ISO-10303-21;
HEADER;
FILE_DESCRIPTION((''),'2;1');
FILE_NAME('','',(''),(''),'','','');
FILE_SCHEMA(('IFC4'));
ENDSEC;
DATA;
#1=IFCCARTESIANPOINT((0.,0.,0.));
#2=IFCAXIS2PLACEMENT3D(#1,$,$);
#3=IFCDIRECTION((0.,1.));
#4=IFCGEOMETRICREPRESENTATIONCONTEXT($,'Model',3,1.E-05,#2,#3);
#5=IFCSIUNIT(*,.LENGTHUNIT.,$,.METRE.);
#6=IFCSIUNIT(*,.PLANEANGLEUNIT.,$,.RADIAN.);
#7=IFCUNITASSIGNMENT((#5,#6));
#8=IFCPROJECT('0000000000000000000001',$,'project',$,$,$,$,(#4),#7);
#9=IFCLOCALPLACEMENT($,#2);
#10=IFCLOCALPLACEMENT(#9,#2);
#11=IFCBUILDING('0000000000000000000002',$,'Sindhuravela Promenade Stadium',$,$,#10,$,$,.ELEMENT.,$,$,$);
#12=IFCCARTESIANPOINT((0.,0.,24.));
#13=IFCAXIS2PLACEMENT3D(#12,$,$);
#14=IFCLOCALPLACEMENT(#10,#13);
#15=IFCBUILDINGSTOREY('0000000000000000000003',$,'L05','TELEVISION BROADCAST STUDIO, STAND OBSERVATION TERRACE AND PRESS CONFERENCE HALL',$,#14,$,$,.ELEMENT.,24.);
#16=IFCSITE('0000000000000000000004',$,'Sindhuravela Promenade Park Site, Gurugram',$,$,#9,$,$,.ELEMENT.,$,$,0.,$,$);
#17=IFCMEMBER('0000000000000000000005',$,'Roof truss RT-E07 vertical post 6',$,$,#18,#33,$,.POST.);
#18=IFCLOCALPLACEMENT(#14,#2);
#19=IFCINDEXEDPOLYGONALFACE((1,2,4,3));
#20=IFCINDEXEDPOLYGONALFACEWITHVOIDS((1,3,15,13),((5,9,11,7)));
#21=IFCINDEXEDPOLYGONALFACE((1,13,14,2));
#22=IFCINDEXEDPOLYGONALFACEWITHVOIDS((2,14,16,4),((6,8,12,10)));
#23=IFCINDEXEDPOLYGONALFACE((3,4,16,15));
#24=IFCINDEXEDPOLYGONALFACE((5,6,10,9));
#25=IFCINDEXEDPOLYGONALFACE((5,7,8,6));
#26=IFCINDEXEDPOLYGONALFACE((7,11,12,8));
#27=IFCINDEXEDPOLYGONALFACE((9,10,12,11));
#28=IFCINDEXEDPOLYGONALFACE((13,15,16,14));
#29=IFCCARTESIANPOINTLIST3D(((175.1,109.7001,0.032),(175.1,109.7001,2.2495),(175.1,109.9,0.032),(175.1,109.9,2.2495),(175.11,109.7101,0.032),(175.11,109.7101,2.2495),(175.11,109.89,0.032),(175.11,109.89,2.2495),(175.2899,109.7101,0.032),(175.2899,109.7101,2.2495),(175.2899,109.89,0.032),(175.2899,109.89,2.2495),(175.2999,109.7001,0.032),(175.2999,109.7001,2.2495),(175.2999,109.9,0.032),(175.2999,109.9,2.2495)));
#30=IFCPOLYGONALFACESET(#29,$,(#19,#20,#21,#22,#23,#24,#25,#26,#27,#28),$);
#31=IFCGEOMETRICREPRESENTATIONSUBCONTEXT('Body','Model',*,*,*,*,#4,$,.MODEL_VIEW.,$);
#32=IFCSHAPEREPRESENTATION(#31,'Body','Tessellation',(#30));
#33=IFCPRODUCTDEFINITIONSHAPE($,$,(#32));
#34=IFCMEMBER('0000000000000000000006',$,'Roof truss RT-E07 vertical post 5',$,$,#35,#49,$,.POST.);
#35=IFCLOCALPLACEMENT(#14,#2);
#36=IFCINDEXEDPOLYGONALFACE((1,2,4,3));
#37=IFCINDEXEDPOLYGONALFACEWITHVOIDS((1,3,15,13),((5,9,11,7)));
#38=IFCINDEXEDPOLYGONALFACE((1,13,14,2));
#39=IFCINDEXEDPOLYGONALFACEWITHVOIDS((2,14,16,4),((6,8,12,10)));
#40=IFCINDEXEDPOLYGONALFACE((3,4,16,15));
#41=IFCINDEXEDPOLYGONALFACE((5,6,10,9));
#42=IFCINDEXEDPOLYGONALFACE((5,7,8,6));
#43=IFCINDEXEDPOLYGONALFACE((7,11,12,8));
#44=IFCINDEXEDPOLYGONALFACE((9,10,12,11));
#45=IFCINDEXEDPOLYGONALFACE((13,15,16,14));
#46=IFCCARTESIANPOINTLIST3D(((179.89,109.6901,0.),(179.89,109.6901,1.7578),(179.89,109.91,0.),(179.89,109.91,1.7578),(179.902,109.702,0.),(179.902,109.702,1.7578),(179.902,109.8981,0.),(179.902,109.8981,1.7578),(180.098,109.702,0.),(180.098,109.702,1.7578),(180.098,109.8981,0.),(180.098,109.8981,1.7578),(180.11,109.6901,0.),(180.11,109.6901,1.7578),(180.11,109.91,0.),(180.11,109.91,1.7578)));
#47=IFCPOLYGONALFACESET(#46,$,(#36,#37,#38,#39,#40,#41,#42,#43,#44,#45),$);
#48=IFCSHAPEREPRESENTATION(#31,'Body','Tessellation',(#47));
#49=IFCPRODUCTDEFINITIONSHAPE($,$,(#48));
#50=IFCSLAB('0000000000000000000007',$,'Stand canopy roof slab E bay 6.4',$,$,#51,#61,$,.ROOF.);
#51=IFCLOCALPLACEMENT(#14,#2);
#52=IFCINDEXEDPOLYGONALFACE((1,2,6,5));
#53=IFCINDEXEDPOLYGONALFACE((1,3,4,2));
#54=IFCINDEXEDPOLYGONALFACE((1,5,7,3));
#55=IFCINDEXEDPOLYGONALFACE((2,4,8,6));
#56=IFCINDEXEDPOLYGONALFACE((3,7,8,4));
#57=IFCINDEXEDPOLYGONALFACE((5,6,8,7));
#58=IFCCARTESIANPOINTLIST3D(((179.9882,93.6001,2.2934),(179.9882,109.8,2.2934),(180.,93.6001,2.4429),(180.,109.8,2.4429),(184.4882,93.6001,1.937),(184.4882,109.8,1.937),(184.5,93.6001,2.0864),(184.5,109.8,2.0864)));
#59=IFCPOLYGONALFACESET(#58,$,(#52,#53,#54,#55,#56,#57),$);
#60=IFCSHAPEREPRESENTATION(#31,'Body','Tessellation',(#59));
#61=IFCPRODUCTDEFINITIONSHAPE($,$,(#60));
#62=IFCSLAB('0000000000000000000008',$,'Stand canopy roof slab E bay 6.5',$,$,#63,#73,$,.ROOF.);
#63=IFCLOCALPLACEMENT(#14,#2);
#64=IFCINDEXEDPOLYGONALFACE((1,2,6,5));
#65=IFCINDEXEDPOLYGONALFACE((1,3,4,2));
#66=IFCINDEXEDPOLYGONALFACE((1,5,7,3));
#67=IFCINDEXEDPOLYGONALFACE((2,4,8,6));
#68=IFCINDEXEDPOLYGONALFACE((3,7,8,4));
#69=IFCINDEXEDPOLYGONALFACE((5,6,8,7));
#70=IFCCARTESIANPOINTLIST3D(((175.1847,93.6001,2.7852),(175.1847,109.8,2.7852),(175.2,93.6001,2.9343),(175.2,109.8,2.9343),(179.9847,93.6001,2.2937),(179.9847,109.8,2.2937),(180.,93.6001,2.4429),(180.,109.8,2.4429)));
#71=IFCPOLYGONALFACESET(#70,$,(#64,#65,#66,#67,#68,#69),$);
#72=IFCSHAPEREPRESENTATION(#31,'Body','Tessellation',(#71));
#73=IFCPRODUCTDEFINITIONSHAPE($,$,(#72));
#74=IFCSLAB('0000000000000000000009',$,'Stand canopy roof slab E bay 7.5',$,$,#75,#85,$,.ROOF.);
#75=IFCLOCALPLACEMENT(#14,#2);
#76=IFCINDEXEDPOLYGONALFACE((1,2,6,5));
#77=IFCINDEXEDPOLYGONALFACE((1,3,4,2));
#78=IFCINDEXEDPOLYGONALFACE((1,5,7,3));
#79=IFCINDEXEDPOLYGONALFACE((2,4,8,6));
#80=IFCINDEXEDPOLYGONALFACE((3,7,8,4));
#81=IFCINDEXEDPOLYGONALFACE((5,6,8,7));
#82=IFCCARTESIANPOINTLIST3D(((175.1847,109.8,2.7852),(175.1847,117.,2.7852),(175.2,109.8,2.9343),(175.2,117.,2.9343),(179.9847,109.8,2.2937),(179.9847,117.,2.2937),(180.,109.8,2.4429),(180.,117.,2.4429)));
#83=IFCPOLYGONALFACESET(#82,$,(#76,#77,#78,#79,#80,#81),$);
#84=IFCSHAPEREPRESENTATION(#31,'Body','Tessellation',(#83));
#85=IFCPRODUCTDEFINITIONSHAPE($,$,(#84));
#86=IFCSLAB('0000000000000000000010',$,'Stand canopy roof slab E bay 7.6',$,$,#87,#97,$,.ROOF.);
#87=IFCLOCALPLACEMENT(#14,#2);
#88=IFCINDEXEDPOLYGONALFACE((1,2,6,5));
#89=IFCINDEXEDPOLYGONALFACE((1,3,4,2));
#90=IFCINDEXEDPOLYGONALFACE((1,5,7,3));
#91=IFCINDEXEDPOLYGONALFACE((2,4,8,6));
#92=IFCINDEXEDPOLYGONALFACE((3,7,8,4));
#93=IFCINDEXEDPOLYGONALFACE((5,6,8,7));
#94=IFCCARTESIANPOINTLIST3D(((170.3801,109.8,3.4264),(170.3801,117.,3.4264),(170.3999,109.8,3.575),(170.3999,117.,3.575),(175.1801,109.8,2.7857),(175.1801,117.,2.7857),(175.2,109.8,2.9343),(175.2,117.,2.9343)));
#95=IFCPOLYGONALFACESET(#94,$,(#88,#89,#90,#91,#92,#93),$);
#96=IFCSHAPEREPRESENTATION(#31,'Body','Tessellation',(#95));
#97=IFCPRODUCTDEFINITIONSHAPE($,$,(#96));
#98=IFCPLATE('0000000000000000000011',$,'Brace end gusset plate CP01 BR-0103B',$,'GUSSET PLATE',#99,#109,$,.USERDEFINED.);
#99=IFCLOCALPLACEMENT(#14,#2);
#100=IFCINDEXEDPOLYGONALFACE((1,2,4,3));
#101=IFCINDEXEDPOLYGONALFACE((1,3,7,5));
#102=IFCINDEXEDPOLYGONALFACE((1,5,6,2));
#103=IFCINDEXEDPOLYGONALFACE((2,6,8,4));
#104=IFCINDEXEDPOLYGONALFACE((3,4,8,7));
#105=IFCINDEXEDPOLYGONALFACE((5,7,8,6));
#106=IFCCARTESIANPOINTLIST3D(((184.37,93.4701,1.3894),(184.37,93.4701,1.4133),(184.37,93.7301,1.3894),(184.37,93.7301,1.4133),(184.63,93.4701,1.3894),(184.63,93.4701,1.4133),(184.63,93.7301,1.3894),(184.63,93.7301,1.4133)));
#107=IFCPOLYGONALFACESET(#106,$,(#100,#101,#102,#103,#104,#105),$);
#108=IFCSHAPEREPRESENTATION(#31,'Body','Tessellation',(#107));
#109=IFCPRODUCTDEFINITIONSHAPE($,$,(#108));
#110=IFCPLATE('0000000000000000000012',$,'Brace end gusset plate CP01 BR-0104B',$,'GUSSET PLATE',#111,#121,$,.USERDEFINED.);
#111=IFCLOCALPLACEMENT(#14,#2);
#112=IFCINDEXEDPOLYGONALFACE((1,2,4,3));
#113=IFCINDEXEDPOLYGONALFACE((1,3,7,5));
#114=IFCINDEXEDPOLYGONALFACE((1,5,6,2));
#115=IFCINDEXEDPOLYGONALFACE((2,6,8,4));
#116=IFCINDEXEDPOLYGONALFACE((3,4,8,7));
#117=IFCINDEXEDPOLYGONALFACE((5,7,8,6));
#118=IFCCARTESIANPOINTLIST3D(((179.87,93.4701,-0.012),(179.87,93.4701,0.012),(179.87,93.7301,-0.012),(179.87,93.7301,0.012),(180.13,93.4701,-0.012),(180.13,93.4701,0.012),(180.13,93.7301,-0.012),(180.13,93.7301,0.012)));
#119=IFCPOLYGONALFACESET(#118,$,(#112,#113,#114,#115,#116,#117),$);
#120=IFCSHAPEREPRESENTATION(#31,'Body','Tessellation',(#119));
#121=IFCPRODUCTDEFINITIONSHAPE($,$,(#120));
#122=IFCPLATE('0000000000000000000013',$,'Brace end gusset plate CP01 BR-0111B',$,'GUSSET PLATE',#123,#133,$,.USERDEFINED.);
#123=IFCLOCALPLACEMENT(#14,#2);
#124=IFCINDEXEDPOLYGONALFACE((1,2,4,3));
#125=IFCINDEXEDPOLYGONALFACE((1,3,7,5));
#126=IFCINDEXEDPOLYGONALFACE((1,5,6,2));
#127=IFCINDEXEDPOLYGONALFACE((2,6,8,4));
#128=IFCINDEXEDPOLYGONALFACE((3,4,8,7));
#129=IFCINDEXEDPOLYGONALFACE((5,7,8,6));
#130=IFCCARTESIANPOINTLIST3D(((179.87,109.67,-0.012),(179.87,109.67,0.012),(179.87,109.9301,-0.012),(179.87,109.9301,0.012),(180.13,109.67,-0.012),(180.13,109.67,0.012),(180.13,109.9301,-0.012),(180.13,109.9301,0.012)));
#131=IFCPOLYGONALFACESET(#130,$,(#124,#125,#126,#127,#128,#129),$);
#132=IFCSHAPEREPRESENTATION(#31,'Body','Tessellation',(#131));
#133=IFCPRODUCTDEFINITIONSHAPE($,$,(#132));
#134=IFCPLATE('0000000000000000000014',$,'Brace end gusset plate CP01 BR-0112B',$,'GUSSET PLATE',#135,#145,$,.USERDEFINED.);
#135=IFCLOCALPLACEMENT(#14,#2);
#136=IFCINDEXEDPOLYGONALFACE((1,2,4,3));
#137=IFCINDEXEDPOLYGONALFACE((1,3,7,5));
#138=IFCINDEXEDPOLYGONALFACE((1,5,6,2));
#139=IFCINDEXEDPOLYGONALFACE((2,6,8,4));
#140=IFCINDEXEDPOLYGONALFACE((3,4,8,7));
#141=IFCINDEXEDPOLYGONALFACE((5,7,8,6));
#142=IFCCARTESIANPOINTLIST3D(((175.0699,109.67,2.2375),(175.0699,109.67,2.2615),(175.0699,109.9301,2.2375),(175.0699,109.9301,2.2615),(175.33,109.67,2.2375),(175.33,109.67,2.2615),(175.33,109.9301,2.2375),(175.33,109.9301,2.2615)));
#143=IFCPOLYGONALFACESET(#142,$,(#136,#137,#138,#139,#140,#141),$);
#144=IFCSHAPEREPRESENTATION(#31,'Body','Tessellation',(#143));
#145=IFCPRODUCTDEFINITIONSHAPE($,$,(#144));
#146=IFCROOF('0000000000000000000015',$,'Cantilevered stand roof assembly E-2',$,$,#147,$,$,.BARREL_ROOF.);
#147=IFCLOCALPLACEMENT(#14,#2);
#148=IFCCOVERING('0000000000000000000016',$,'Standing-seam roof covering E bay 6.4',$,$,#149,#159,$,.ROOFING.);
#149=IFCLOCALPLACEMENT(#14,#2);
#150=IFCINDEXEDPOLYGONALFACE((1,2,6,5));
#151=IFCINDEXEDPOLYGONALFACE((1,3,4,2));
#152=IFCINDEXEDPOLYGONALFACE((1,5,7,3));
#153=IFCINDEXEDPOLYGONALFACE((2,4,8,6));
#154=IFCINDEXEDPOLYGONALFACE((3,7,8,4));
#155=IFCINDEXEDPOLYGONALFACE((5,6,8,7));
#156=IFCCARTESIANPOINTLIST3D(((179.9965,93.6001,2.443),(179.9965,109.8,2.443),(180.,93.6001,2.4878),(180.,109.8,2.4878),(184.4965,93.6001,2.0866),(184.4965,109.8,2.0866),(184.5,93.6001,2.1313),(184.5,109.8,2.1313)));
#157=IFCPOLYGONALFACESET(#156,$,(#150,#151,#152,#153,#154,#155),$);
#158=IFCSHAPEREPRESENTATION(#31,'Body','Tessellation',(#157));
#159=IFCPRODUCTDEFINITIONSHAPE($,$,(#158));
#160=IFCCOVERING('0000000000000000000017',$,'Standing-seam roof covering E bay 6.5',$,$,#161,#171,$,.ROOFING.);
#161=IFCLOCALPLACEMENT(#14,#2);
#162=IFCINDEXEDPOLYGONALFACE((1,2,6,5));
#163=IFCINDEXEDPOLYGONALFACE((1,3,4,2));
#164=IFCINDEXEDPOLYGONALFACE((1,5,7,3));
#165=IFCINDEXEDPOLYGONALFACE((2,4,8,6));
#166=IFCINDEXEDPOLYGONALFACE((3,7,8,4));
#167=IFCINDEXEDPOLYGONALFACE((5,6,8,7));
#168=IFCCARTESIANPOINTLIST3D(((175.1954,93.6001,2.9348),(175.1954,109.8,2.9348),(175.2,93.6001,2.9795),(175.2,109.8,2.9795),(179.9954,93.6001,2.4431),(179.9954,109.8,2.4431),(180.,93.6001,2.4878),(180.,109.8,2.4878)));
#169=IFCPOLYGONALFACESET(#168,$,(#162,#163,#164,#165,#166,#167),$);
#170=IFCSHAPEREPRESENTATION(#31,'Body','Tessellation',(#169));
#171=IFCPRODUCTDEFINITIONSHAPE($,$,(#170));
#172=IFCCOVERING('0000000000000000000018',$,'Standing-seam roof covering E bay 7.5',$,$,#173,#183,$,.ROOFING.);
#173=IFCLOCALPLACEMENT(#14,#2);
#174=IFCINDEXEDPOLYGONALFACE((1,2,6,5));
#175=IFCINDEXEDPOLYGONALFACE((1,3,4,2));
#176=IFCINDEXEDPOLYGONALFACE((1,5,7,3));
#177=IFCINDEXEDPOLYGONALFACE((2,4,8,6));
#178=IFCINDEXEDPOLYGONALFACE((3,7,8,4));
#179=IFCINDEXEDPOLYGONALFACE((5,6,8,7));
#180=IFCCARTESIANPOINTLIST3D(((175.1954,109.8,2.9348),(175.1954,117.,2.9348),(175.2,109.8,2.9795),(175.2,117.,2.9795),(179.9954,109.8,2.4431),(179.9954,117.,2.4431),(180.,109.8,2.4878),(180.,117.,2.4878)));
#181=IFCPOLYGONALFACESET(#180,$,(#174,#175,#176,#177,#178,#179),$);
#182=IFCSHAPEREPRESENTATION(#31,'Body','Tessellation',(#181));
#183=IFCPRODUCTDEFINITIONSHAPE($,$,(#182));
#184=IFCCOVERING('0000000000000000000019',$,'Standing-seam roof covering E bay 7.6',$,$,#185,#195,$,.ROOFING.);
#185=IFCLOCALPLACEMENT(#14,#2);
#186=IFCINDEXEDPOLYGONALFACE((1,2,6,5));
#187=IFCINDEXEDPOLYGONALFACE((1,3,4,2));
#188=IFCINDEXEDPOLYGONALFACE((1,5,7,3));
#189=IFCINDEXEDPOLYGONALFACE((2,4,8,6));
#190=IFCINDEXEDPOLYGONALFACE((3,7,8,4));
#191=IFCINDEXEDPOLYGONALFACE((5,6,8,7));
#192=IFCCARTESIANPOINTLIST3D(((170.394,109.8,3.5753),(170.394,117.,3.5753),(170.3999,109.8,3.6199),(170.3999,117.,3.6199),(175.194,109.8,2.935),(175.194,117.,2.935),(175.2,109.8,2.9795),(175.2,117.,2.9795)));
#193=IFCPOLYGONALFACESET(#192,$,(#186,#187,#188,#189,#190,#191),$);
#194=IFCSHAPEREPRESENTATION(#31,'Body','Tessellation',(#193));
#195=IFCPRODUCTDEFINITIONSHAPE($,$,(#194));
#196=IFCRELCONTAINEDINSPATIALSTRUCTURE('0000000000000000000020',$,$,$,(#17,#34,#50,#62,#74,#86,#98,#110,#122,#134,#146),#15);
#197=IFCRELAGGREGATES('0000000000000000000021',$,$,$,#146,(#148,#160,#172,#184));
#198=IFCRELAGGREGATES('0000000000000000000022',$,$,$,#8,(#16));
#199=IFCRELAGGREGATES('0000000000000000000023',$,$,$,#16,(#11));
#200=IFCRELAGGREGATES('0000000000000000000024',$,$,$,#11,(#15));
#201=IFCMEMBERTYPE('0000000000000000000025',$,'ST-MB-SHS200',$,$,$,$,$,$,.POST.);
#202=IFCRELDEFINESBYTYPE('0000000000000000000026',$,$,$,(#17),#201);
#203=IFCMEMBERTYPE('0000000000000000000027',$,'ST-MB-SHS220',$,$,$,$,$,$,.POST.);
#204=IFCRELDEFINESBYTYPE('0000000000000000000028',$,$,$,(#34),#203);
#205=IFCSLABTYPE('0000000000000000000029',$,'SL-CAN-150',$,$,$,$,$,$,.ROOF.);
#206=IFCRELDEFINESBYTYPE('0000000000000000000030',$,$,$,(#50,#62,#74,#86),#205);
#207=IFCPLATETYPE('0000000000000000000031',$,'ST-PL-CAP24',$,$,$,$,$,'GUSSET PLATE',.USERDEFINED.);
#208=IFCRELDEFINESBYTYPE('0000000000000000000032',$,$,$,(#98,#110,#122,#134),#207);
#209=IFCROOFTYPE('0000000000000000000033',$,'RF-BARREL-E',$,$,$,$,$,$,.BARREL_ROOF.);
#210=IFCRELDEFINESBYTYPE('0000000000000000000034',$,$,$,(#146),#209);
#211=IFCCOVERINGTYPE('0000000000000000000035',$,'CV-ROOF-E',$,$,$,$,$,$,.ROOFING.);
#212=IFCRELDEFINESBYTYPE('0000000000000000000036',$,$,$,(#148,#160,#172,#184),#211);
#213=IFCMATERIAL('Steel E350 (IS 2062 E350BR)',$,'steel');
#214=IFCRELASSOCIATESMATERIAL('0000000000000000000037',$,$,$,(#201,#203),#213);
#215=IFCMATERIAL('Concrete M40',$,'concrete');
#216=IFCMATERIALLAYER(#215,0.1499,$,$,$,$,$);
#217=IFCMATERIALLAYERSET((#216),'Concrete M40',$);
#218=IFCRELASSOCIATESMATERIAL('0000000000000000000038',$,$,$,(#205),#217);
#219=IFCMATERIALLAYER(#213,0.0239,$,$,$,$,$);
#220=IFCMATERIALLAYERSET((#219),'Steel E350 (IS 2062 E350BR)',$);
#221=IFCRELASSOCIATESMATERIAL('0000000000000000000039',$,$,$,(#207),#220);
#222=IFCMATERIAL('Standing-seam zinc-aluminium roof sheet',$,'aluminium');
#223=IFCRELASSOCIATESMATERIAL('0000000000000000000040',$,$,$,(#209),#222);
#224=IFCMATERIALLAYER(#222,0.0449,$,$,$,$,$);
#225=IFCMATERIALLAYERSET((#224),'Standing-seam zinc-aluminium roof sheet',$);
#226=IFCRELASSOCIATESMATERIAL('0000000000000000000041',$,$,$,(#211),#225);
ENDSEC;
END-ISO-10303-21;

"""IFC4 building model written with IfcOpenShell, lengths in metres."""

from ifc_helpers import new_model, si_unit, direction, frame, origin, origin_2d, place, context, subcontext, project, spatial, polyline, rectangle, hollow_rectangle, outline, extrude, material, layer, layer_set, material_profile, profile_set, type_object, element, aggregate, save


model = new_model("IFC4")

# Units and contexts
model_context = context("Model", 3, precision=1e-05, world=origin(), true_north=direction((0.0, 1.0)))
body_context = subcontext(model_context, "Body", "Model", "MODEL_VIEW")
ifc_project = project(units=[si_unit("LENGTHUNIT", "METRE"), si_unit("PLANEANGLEUNIT", "RADIAN")], contexts=[model_context])

# Site, building, storey
site_placement = place(None, origin())
site = spatial("IfcSite", under=ifc_project, at=site_placement, Name="Sindhuravela Promenade Park Site, Gurugram", CompositionType="ELEMENT", RefElevation=0.0)
building_placement = place(site_placement, origin())
building = spatial("IfcBuilding", under=site, at=building_placement, Name="Sindhuravela Promenade Stadium", CompositionType="ELEMENT")
storey_placement = place(building_placement, frame((0.0, 0.0, 24.0)))
storey = spatial("IfcBuildingStorey", under=building, at=storey_placement, Name="L05", Description="TELEVISION BROADCAST STUDIO, STAND OBSERVATION TERRACE AND PRESS CONFERENCE HALL", CompositionType="ELEMENT", Elevation=24.0)

# Shared definitions
ifc_material_1 = material(Name="Concrete M40", Category="concrete")
ifc_material_2 = material(Name="Steel E350 (IS 2062 E350BR)", Category="steel")

# Members
ifc_material_profile_1 = material_profile(ifc_material_2, hollow_rectangle(XDim=0.2, YDim=0.2, WallThickness=0.01, at=origin_2d()), Name="SHS 200x200x10")
ifc_profile_set_1 = profile_set([ifc_material_profile_1], Name="Steel E350 (IS 2062 E350BR)")
member_type_1 = type_object("IfcMemberType", Name="ST-MB-SHS200", PredefinedType="POST", material=ifc_profile_set_1)
member_1_placement = place(storey_placement, frame((175.2, 109.8, 0.032), z_axis=(0.0, 0.0, 1.0), x_axis=(1.0, 0.0, 0.0)))
element("IfcMember", 1, at=member_1_placement, inside=storey, type_object=member_type_1, Name="Roof truss RT-E07 vertical post 6", PredefinedType="POST", context=body_context, shape_type="SweptSolid", body=[
    extrude(hollow_rectangle(XDim=0.2, YDim=0.2, WallThickness=0.01, at=origin_2d()), origin(), (0.0, 0.0, 1.0), 2.2175),
])
ifc_material_profile_2 = material_profile(ifc_material_2, hollow_rectangle(XDim=0.22, YDim=0.22, WallThickness=0.012, at=origin_2d()), Name="SHS 220x220x12")
ifc_profile_set_2 = profile_set([ifc_material_profile_2], Name="Steel E350 (IS 2062 E350BR)")
member_type_2 = type_object("IfcMemberType", Name="ST-MB-SHS220", PredefinedType="POST", material=ifc_profile_set_2)
member_2_placement = place(storey_placement, frame((180.0, 109.8, 0.0), z_axis=(0.0, 0.0, 1.0), x_axis=(1.0, 0.0, 0.0)))
element("IfcMember", 2, at=member_2_placement, inside=storey, type_object=member_type_2, Name="Roof truss RT-E07 vertical post 5", PredefinedType="POST", context=body_context, shape_type="SweptSolid", body=[
    extrude(hollow_rectangle(XDim=0.22, YDim=0.22, WallThickness=0.012, at=origin_2d()), origin(), (0.0, 0.0, 1.0), 1.7578),
])

# Slabs
ifc_layer_1 = layer(ifc_material_1, 0.1499)
ifc_layer_set_1 = layer_set([ifc_layer_1], Name="Concrete M40")
slab_type = type_object("IfcSlabType", Name="SL-CAN-150", PredefinedType="ROOF", material=ifc_layer_set_1)
slab_1_placement = place(storey_placement, frame((184.5, 93.6001, 2.0864), z_axis=(0.078963, 0.0, 0.996878), x_axis=(0.0, 1.0, 0.0)))
element("IfcSlab", 3, at=slab_1_placement, inside=storey, type_object=slab_type, Name="Stand canopy roof slab E bay 6.4", PredefinedType="ROOF", context=body_context, shape_type="SweptSolid", body=[
    extrude(outline(polyline([(0.0, 0.0), (16.2, 0.0), (16.2, 4.5141), (0.0, 4.5141), (0.0, 0.0)])), origin(), (0.0, 0.0, -1.0), 0.1499),
])
slab_2_placement = place(storey_placement, frame((180.0, 93.6001, 2.4429), z_axis=(0.101853, 0.0, 0.994799), x_axis=(0.0, 1.0, 0.0)))
element("IfcSlab", 4, at=slab_2_placement, inside=storey, type_object=slab_type, Name="Stand canopy roof slab E bay 6.5", PredefinedType="ROOF", context=body_context, shape_type="SweptSolid", body=[
    extrude(outline(polyline([(0.0, 0.0), (16.2, 0.0), (16.2, 4.8251), (0.0, 4.8251), (0.0, 0.0)])), origin(), (0.0, 0.0, -1.0), 0.1499),
])
slab_3_placement = place(storey_placement, frame((180.0, 109.8, 2.4429), z_axis=(0.101853, 0.0, 0.994799), x_axis=(0.0, 1.0, 0.0)))
element("IfcSlab", 5, at=slab_3_placement, inside=storey, type_object=slab_type, Name="Stand canopy roof slab E bay 7.5", PredefinedType="ROOF", context=body_context, shape_type="SweptSolid", body=[
    extrude(outline(polyline([(0.0, 0.0), (7.2, 0.0), (7.2, 4.8251), (0.0, 4.8251), (0.0, 0.0)])), origin(), (0.0, 0.0, -1.0), 0.1499),
])
slab_4_placement = place(storey_placement, frame((175.2, 109.8, 2.9343), z_axis=(0.132289, 0.0, 0.991211), x_axis=(0.0, 1.0, 0.0)))
element("IfcSlab", 6, at=slab_4_placement, inside=storey, type_object=slab_type, Name="Stand canopy roof slab E bay 7.6", PredefinedType="ROOF", context=body_context, shape_type="SweptSolid", body=[
    extrude(outline(polyline([(0.0, 0.0), (7.2, 0.0), (7.2, 4.8426), (0.0, 4.8426), (0.0, 0.0)])), origin(), (0.0, 0.0, -1.0), 0.1499),
])

# Plates
ifc_layer_2 = layer(ifc_material_2, 0.0239)
ifc_layer_set_2 = layer_set([ifc_layer_2], Name="Steel E350 (IS 2062 E350BR)")
plate_type = type_object("IfcPlateType", Name="ST-PL-CAP24", ElementType="GUSSET PLATE", PredefinedType="USERDEFINED", material=ifc_layer_set_2)
for number, where, z_axis, x_axis, name in (
    (7, (184.5, 93.6001, 1.3894), (0.0, 0.0, 1.0), (1.0, 0.0, 0.0), "Brace end gusset plate CP01 BR-0103B"),
    (8, (180.0, 93.6001, -0.012), (0.0, 0.0, 1.0), (1.0, 0.0, 0.0), "Brace end gusset plate CP01 BR-0104B"),
    (9, (180.0, 109.8, -0.012), (0.0, 0.0, 1.0), (1.0, 0.0, 0.0), "Brace end gusset plate CP01 BR-0111B"),
    (10, (175.2, 109.8, 2.2375), (0.0, 0.0, 1.0), (1.0, 0.0, 0.0), "Brace end gusset plate CP01 BR-0112B"),
):
    element("IfcPlate", number, at=place(storey_placement, frame(where, z_axis=z_axis, x_axis=x_axis)), inside=storey, type_object=plate_type, Name=name, ObjectType="GUSSET PLATE", PredefinedType="USERDEFINED", context=body_context, shape_type="SweptSolid", body=[
        extrude(rectangle(XDim=0.26, YDim=0.26, at=origin_2d()), origin(), (0.0, 0.0, 1.0), 0.0239),
    ])

# Roof, coverings
ifc_material_3 = material(Name="Standing-seam zinc-aluminium roof sheet", Category="aluminium")
roof_type = type_object("IfcRoofType", Name="RF-BARREL-E", PredefinedType="BARREL_ROOF", material=ifc_material_3)
roof_placement = place(storey_placement, origin())
roof = element("IfcRoof", 11, at=roof_placement, inside=storey, type_object=roof_type, Name="Cantilevered stand roof assembly E-2", PredefinedType="BARREL_ROOF")
ifc_layer_3 = layer(ifc_material_3, 0.0449)
ifc_layer_set_3 = layer_set([ifc_layer_3], Name="Standing-seam zinc-aluminium roof sheet")
covering_type_1 = type_object("IfcCoveringType", Name="CV-ROOF-E", PredefinedType="ROOFING", material=ifc_layer_set_3)
covering_1_placement = place(storey_placement, frame((184.5, 93.6001, 2.1313), z_axis=(0.078963, 0.0, 0.996878), x_axis=(0.0, 1.0, 0.0)))
covering_1 = element("IfcCovering", 12, at=covering_1_placement, type_object=covering_type_1, Name="Standing-seam roof covering E bay 6.4", PredefinedType="ROOFING", context=body_context, shape_type="SweptSolid", body=[
    extrude(outline(polyline([(0.0, 0.0), (16.2, 0.0), (16.2, 4.5141), (0.0, 4.5141), (0.0, 0.0)])), origin(), (0.0, 0.0, -1.0), 0.0449),
])
covering_2_placement = place(storey_placement, frame((180.0, 93.6001, 2.4878), z_axis=(0.101903, 0.0, 0.994794), x_axis=(0.0, 1.0, 0.0)))
covering_2 = element("IfcCovering", 13, at=covering_2_placement, type_object=covering_type_1, Name="Standing-seam roof covering E bay 6.5", PredefinedType="ROOFING", context=body_context, shape_type="SweptSolid", body=[
    extrude(outline(polyline([(0.0, 0.0), (16.2, 0.0), (16.2, 4.8252), (0.0, 4.8252), (0.0, 0.0)])), origin(), (0.0, 0.0, -1.0), 0.0449),
])
covering_3_placement = place(storey_placement, frame((180.0, 109.8, 2.4878), z_axis=(0.101903, 0.0, 0.994794), x_axis=(0.0, 1.0, 0.0)))
covering_3 = element("IfcCovering", 14, at=covering_3_placement, type_object=covering_type_1, Name="Standing-seam roof covering E bay 7.5", PredefinedType="ROOFING", context=body_context, shape_type="SweptSolid", body=[
    extrude(outline(polyline([(0.0, 0.0), (7.2, 0.0), (7.2, 4.8252), (0.0, 4.8252), (0.0, 0.0)])), origin(), (0.0, 0.0, -1.0), 0.0449),
])
covering_4_placement = place(storey_placement, frame((175.2, 109.8, 2.9795), z_axis=(0.13224, 0.0, 0.991218), x_axis=(0.0, 1.0, 0.0)))
covering_4 = element("IfcCovering", 15, at=covering_4_placement, type_object=covering_type_1, Name="Standing-seam roof covering E bay 7.6", PredefinedType="ROOFING", context=body_context, shape_type="SweptSolid", body=[
    extrude(outline(polyline([(0.0, 0.0), (7.2, 0.0), (7.2, 4.8426), (0.0, 4.8426), (0.0, 0.0)])), origin(), (0.0, 0.0, -1.0), 0.0449),
])
aggregate(roof, [covering_1, covering_2, covering_3, covering_4])

save(model, "model.ifc")
